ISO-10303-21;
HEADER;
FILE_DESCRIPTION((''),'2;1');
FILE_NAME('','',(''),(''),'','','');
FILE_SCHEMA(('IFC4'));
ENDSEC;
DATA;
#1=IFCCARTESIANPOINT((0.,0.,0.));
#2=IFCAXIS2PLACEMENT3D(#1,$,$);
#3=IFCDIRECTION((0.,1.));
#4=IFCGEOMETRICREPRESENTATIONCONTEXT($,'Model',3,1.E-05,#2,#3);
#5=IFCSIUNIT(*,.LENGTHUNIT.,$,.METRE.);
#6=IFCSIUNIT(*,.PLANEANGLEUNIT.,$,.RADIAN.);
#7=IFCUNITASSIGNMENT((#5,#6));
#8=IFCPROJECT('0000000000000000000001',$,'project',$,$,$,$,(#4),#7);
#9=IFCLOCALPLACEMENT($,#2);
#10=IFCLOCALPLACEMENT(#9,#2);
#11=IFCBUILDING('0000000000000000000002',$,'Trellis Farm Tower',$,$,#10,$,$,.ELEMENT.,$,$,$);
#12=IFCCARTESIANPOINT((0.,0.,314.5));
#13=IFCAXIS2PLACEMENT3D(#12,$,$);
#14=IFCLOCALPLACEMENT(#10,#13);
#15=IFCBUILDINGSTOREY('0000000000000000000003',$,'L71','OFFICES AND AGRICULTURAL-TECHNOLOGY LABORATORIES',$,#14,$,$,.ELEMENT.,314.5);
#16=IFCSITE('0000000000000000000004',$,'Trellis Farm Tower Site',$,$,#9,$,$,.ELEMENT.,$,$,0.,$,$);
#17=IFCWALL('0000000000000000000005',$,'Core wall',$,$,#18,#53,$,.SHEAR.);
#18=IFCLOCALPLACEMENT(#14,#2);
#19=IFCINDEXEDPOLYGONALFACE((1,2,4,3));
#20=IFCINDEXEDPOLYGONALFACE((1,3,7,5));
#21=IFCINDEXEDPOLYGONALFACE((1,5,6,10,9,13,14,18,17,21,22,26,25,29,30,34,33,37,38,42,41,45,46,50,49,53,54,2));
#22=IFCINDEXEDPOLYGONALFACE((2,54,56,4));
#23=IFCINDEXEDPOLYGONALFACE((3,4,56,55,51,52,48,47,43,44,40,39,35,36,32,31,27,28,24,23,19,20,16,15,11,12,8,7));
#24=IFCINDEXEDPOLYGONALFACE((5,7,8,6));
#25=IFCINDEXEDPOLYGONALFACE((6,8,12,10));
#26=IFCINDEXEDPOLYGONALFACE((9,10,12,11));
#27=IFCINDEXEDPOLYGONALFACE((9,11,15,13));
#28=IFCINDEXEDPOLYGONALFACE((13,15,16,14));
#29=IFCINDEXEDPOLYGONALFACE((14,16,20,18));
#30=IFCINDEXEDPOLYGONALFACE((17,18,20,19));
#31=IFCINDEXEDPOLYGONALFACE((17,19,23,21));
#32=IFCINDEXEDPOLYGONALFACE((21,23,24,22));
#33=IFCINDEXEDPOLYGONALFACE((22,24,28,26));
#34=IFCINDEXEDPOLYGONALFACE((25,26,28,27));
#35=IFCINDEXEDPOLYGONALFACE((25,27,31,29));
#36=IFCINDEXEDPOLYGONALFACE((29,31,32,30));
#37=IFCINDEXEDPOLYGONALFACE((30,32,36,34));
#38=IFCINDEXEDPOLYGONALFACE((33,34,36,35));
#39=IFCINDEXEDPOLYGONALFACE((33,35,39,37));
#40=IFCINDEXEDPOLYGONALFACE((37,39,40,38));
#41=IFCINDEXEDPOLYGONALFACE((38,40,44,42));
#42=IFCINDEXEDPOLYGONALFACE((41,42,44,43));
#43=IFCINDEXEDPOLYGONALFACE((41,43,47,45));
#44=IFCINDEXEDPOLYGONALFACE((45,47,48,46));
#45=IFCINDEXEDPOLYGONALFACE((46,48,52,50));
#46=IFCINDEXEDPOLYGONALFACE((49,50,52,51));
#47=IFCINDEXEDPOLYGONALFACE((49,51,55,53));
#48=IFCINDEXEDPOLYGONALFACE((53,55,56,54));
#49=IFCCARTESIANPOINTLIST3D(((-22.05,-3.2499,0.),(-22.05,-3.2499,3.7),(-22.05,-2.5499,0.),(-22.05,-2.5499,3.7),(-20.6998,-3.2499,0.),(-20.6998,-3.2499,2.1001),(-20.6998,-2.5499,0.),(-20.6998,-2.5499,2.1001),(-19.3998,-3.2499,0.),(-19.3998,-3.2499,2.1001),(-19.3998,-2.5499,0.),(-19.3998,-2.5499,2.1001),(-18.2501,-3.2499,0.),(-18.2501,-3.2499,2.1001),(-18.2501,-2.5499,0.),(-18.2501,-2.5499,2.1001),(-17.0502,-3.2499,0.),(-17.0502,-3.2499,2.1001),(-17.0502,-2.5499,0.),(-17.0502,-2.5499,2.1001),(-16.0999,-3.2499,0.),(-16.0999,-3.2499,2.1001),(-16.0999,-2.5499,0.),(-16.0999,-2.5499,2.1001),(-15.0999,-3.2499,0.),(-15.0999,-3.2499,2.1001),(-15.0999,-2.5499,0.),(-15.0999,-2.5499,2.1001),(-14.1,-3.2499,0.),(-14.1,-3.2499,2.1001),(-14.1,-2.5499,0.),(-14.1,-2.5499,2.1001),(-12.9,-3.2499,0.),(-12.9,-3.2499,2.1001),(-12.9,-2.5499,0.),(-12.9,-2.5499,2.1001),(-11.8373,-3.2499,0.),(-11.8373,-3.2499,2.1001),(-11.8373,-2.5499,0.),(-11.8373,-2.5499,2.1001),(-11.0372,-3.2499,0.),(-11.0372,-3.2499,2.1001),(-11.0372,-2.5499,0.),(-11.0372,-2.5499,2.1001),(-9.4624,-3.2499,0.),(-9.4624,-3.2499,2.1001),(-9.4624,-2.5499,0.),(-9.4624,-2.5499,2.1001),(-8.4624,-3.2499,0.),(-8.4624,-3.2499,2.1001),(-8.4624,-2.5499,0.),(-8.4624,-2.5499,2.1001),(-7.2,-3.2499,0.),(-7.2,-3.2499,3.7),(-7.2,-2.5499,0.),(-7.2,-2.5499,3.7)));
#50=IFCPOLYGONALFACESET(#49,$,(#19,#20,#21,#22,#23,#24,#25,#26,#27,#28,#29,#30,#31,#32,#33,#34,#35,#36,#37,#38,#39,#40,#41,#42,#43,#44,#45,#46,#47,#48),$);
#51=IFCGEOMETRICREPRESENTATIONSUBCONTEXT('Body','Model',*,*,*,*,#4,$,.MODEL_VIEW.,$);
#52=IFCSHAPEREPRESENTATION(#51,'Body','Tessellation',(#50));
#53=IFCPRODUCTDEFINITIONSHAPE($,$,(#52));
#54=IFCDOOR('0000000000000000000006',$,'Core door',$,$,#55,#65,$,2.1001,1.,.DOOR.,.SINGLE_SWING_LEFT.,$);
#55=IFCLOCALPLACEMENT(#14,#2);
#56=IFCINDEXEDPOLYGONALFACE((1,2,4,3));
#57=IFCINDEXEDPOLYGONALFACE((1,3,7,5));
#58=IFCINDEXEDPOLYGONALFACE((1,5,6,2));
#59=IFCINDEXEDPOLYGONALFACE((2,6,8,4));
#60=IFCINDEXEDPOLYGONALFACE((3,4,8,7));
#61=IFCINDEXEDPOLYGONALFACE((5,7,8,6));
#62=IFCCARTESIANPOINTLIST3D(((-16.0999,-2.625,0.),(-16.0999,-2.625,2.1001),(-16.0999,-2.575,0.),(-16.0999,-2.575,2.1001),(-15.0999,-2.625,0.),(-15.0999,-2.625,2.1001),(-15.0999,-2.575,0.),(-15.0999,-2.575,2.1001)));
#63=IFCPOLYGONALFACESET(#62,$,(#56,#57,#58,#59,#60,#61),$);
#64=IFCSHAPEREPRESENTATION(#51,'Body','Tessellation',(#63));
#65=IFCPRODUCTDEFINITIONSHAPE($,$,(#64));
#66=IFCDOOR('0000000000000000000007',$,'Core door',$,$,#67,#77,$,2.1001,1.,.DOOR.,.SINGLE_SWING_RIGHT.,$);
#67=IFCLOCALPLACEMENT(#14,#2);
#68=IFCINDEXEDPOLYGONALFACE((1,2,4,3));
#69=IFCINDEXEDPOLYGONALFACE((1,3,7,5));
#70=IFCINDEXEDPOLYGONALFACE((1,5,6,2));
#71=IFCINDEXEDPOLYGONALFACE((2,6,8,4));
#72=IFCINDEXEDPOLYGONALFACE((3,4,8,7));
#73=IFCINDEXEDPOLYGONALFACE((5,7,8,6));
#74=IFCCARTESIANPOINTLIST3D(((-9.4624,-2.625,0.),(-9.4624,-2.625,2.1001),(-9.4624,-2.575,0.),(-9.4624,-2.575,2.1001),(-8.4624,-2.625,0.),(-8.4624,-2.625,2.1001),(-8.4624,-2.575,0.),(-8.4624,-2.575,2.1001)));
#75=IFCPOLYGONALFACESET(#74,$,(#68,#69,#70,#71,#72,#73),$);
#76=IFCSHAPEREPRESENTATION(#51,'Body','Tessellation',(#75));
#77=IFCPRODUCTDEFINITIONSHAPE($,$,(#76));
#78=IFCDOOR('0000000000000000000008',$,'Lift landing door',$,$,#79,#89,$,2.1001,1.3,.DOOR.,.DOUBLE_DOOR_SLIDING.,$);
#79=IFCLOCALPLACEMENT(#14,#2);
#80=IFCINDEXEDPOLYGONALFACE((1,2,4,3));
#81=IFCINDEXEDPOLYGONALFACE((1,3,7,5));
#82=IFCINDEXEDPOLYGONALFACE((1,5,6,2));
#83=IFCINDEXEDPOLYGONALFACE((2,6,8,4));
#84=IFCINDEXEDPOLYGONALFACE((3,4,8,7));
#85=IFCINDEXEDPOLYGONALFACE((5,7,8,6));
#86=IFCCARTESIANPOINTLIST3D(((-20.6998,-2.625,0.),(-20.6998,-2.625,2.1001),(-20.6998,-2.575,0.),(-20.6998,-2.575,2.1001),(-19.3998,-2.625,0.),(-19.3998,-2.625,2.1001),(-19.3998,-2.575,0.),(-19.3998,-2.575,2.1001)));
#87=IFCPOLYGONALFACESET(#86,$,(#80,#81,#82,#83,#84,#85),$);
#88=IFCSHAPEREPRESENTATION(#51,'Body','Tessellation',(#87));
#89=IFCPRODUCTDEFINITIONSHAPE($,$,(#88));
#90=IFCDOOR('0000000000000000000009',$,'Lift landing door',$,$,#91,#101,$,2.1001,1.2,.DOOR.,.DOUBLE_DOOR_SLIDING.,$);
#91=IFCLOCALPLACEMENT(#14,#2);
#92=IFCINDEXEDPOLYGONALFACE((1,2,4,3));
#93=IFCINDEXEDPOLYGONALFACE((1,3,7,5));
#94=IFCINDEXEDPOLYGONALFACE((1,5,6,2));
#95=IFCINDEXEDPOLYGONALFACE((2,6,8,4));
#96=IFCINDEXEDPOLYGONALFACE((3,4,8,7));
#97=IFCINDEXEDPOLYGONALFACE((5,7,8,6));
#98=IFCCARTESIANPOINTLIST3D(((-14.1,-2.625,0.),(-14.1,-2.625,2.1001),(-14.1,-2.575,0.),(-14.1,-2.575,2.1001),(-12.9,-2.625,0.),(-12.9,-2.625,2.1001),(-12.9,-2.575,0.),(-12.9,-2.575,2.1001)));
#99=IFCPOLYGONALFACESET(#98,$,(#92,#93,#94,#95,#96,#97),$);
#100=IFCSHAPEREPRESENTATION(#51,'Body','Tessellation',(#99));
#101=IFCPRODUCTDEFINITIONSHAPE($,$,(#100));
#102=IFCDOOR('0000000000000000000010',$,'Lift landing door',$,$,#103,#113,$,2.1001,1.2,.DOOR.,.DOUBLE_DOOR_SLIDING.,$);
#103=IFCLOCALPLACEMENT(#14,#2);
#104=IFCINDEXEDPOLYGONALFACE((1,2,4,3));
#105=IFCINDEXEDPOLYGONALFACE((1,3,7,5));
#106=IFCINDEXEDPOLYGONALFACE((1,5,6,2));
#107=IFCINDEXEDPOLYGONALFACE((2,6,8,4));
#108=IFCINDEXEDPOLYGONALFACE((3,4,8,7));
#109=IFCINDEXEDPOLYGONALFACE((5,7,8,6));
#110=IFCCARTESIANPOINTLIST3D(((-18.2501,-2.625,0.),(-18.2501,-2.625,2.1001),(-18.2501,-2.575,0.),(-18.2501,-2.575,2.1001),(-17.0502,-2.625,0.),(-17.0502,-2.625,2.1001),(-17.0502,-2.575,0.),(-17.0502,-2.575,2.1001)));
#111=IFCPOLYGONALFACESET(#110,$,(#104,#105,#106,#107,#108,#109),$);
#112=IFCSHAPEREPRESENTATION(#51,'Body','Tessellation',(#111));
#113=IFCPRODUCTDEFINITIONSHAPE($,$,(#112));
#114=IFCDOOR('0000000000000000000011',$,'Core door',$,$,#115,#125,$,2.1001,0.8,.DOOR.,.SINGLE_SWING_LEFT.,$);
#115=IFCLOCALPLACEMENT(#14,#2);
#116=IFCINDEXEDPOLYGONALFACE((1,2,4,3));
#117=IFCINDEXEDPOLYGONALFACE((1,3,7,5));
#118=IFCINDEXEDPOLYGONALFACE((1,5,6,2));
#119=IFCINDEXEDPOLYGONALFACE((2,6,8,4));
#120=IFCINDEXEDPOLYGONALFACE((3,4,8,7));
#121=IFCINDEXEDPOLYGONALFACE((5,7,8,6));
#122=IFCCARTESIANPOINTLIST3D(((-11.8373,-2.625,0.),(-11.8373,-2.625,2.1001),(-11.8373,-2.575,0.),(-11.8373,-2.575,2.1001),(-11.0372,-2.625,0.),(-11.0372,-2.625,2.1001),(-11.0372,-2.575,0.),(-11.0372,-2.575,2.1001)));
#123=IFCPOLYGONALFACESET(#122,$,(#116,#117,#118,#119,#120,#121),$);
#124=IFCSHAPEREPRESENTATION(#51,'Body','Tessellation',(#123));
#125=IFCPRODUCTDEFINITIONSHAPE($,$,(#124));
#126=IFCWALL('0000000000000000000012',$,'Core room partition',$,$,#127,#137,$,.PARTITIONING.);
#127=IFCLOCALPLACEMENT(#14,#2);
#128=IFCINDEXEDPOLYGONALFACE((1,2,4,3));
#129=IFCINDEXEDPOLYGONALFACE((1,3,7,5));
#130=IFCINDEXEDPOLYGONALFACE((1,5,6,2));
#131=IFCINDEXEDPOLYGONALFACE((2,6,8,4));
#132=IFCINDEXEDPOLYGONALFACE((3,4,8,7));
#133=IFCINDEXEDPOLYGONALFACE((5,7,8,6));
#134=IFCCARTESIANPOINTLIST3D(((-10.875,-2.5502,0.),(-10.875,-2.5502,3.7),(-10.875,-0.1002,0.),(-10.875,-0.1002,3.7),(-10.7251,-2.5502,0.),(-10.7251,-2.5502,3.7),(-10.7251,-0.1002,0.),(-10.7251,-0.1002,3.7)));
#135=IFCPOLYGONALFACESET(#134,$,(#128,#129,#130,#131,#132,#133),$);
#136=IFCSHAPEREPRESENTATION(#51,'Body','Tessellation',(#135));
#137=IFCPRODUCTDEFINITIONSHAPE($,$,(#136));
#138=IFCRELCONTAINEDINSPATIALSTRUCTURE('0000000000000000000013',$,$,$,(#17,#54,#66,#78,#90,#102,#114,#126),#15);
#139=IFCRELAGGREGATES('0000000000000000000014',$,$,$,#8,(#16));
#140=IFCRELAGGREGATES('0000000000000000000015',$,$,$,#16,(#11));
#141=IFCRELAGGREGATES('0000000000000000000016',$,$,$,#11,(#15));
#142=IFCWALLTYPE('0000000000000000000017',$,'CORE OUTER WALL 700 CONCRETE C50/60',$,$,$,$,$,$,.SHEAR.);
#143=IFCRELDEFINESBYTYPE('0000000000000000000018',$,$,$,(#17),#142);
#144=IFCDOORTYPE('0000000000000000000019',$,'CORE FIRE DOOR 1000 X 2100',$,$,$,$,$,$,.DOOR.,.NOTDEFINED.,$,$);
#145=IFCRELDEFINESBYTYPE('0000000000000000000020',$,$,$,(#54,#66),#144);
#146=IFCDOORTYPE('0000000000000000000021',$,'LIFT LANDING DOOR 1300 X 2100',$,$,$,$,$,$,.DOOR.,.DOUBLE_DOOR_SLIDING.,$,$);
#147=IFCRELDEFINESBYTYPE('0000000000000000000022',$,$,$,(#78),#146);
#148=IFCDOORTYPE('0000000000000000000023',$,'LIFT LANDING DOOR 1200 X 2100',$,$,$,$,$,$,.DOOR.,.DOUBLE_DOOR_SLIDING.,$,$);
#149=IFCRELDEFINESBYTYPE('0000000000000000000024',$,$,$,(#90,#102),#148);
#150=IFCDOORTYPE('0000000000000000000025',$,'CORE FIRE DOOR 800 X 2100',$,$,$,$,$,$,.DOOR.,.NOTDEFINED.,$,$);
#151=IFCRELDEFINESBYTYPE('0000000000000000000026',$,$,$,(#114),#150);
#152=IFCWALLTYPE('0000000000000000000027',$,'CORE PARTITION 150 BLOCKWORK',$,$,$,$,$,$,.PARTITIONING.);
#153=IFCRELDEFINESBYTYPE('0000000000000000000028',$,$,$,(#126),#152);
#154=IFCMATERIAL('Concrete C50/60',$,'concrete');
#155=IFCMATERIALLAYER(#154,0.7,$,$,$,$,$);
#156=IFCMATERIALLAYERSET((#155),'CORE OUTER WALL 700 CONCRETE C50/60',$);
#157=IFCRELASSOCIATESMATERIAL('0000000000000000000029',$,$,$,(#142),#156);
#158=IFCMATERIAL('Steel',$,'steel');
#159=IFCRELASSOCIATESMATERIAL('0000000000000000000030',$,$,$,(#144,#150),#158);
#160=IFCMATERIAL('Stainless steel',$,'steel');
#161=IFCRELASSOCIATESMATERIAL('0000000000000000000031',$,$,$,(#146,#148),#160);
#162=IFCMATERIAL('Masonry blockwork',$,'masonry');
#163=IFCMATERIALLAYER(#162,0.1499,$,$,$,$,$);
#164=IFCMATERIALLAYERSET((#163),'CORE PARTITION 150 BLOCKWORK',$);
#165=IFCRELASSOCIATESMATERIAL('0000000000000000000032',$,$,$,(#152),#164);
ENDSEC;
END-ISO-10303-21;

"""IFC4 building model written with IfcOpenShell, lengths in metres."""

from ifc_helpers import new_model, si_unit, direction, frame, frame_2d, origin, place, context, subcontext, project, spatial, rectangle, extrude, source, transform, mapped, material, layer, layer_set, type_object, element, fill, save


model = new_model("IFC4")

# Units and contexts
model_context = context("Model", 3, precision=1e-05, world=origin(), true_north=direction((0.0, 1.0)))
body_context = subcontext(model_context, "Body", "Model", "MODEL_VIEW")
ifc_project = project(units=[si_unit("LENGTHUNIT", "METRE"), si_unit("PLANEANGLEUNIT", "RADIAN")], contexts=[model_context])

# Site, building, storey
site_placement = place(None, origin())
site = spatial("IfcSite", under=ifc_project, at=site_placement, Name="Trellis Farm Tower Site", CompositionType="ELEMENT", RefElevation=0.0)
building_placement = place(site_placement, origin())
building = spatial("IfcBuilding", under=site, at=building_placement, Name="Trellis Farm Tower", CompositionType="ELEMENT")
storey_placement = place(building_placement, frame((0.0, 0.0, 314.5)))
storey = spatial("IfcBuildingStorey", under=building, at=storey_placement, Name="L71", Description="OFFICES AND AGRICULTURAL-TECHNOLOGY LABORATORIES", CompositionType="ELEMENT", Elevation=314.5)

# Shared definitions
ifc_material_1 = material(Name="Concrete C50/60", Category="concrete")

# Shared definitions
ifc_material_2 = material(Name="Masonry blockwork", Category="masonry")
ifc_material_3 = material(Name="Steel", Category="steel")

# Wall, openings, doors
ifc_layer_1 = layer(ifc_material_1, 0.7)
ifc_layer_set_1 = layer_set([ifc_layer_1], Name="CORE OUTER WALL 700 CONCRETE C50/60")
wall_type_1 = type_object("IfcWallType", Name="CORE OUTER WALL 700 CONCRETE C50/60", PredefinedType="SHEAR", material=ifc_layer_set_1)
shared_shape_1 = source(origin(), body_context, "Body", "SweptSolid", [
    extrude(rectangle(XDim=14.8501, YDim=0.7, at=frame_2d((7.425, 0.0))), origin(), (0.0, 0.0, 1.0), 3.7),
])
wall_1_placement = place(storey_placement, frame((-7.2, -2.8999, 0.0), z_axis=(0.0, 0.0, 1.0), x_axis=(-1.0, 0.0, 0.0)))
wall_1 = element("IfcWall", 1, at=wall_1_placement, inside=storey, type_object=wall_type_1, Name="Core wall", PredefinedType="SHEAR", context=body_context, shape_type="MappedRepresentation", body=[
    mapped(shared_shape_1, transform((0.0, 0.0, 0.0))),
])
shared_shape_2 = source(origin(), body_context, "Body", "SweptSolid", [
    extrude(rectangle(XDim=1.2, YDim=2.1001, at=frame_2d((0.6001, 1.05))), frame((0.0, 0.3601, 0.0), z_axis=(0.0, -1.0, 0.0), x_axis=(1.0, 0.0, 0.0)), (0.0, 0.0, 1.0), 0.7202),
])
opening_1_placement = place(wall_1_placement, frame((5.7, 0.0, 0.0)))
opening_1 = element("IfcOpeningElement", 2, at=opening_1_placement, cuts=wall_1, PredefinedType="OPENING", context=body_context, shape_type="MappedRepresentation", body=[
    mapped(shared_shape_2, transform((0.0, 0.0, 0.0))),
])
shared_shape_3 = source(origin(), body_context, "Body", "SweptSolid", [
    extrude(rectangle(XDim=1.3, YDim=2.1001, at=frame_2d((0.6499, 1.05))), frame((0.0, 0.3601, 0.0), z_axis=(0.0, -1.0, 0.0), x_axis=(1.0, 0.0, 0.0)), (0.0, 0.0, 1.0), 0.7202),
])
opening_2_placement = place(wall_1_placement, frame((12.2, 0.0, 0.0)))
opening_2 = element("IfcOpeningElement", 3, at=opening_2_placement, cuts=wall_1, PredefinedType="OPENING", context=body_context, shape_type="MappedRepresentation", body=[
    mapped(shared_shape_3, transform((0.0, 0.0, 0.0))),
])
opening_3_placement = place(wall_1_placement, frame((9.8501, 0.0, 0.0)))
opening_3 = element("IfcOpeningElement", 4, at=opening_3_placement, cuts=wall_1, PredefinedType="OPENING", context=body_context, shape_type="MappedRepresentation", body=[
    mapped(shared_shape_2, transform((0.0, 0.0, 0.0))),
])
shared_shape_4 = source(origin(), body_context, "Body", "SweptSolid", [
    extrude(rectangle(XDim=1.0, YDim=2.1001, at=frame_2d((0.5, 1.05))), frame((0.0, 0.3601, 0.0), z_axis=(0.0, -1.0, 0.0), x_axis=(1.0, 0.0, 0.0)), (0.0, 0.0, 1.0), 0.7202),
])
opening_4_placement = place(wall_1_placement, frame((7.8999, 0.0, 0.0)))
opening_4 = element("IfcOpeningElement", 5, at=opening_4_placement, cuts=wall_1, PredefinedType="OPENING", context=body_context, shape_type="MappedRepresentation", body=[
    mapped(shared_shape_4, transform((0.0, 0.0, 0.0))),
])
opening_5_placement = place(wall_1_placement, frame((1.2625, 0.0, 0.0)))
opening_5 = element("IfcOpeningElement", 6, at=opening_5_placement, cuts=wall_1, PredefinedType="OPENING", context=body_context, shape_type="MappedRepresentation", body=[
    mapped(shared_shape_4, transform((0.0, 0.0, 0.0))),
])
shared_shape_5 = source(origin(), body_context, "Body", "SweptSolid", [
    extrude(rectangle(XDim=0.8, YDim=2.1001, at=frame_2d((0.3999, 1.05))), frame((0.0, 0.3601, 0.0), z_axis=(0.0, -1.0, 0.0), x_axis=(1.0, 0.0, 0.0)), (0.0, 0.0, 1.0), 0.7202),
])
opening_6_placement = place(wall_1_placement, frame((3.8374, 0.0, 0.0)))
opening_6 = element("IfcOpeningElement", 7, at=opening_6_placement, cuts=wall_1, PredefinedType="OPENING", context=body_context, shape_type="MappedRepresentation", body=[
    mapped(shared_shape_5, transform((0.0, 0.0, 0.0))),
])
door_type_1 = type_object("IfcDoorType", Name="CORE FIRE DOOR 1000 X 2100", OperationType="NOTDEFINED", PredefinedType="DOOR", material=ifc_material_3)
shared_shape_6 = source(origin(), body_context, "Body", "SweptSolid", [
    extrude(rectangle(XDim=1.0, YDim=2.1001, at=frame_2d((0.5, 1.05))), frame((0.0, -0.2749, 0.0), z_axis=(0.0, -1.0, 0.0), x_axis=(1.0, 0.0, 0.0)), (0.0, 0.0, 1.0), 0.05),
])
door_1_placement = place(opening_4_placement, origin())
door_1 = element("IfcDoor", 8, at=door_1_placement, inside=storey, type_object=door_type_1, Name="Core door", OperationType="SINGLE_SWING_LEFT", OverallHeight=2.1001, OverallWidth=1.0, PredefinedType="DOOR", context=body_context, shape_type="MappedRepresentation", body=[
    mapped(shared_shape_6, transform((0.0, 0.0, 0.0))),
])
fill(opening_4, door_1)
door_2_placement = place(opening_5_placement, origin())
door_2 = element("IfcDoor", 9, at=door_2_placement, inside=storey, type_object=door_type_1, Name="Core door", OperationType="SINGLE_SWING_RIGHT", OverallHeight=2.1001, OverallWidth=1.0, PredefinedType="DOOR", context=body_context, shape_type="MappedRepresentation", body=[
    mapped(shared_shape_6, transform((0.0, 0.0, 0.0))),
])
fill(opening_5, door_2)
ifc_material_4 = material(Name="Stainless steel", Category="steel")
door_type_2 = type_object("IfcDoorType", Name="LIFT LANDING DOOR 1300 X 2100", OperationType="DOUBLE_DOOR_SLIDING", PredefinedType="DOOR", material=ifc_material_4)
shared_shape_7 = source(origin(), body_context, "Body", "SweptSolid", [
    extrude(rectangle(XDim=1.3, YDim=2.1001, at=frame_2d((0.6499, 1.05))), frame((0.0, -0.2749, 0.0), z_axis=(0.0, -1.0, 0.0), x_axis=(1.0, 0.0, 0.0)), (0.0, 0.0, 1.0), 0.05),
])
door_3_placement = place(opening_2_placement, origin())
door_3 = element("IfcDoor", 10, at=door_3_placement, inside=storey, type_object=door_type_2, Name="Lift landing door", OperationType="DOUBLE_DOOR_SLIDING", OverallHeight=2.1001, OverallWidth=1.3, PredefinedType="DOOR", context=body_context, shape_type="MappedRepresentation", body=[
    mapped(shared_shape_7, transform((0.0, 0.0, 0.0))),
])
fill(opening_2, door_3)
door_type_3 = type_object("IfcDoorType", Name="LIFT LANDING DOOR 1200 X 2100", OperationType="DOUBLE_DOOR_SLIDING", PredefinedType="DOOR", material=ifc_material_4)
shared_shape_8 = source(origin(), body_context, "Body", "SweptSolid", [
    extrude(rectangle(XDim=1.2, YDim=2.1001, at=frame_2d((0.6001, 1.05))), frame((0.0, -0.2749, 0.0), z_axis=(0.0, -1.0, 0.0), x_axis=(1.0, 0.0, 0.0)), (0.0, 0.0, 1.0), 0.05),
])
door_4_placement = place(opening_1_placement, origin())
door_4 = element("IfcDoor", 11, at=door_4_placement, inside=storey, type_object=door_type_3, Name="Lift landing door", OperationType="DOUBLE_DOOR_SLIDING", OverallHeight=2.1001, OverallWidth=1.2, PredefinedType="DOOR", context=body_context, shape_type="MappedRepresentation", body=[
    mapped(shared_shape_8, transform((0.0, 0.0, 0.0))),
])
fill(opening_1, door_4)
door_5_placement = place(opening_3_placement, origin())
door_5 = element("IfcDoor", 12, at=door_5_placement, inside=storey, type_object=door_type_3, Name="Lift landing door", OperationType="DOUBLE_DOOR_SLIDING", OverallHeight=2.1001, OverallWidth=1.2, PredefinedType="DOOR", context=body_context, shape_type="MappedRepresentation", body=[
    mapped(shared_shape_8, transform((0.0, 0.0, 0.0))),
])
fill(opening_3, door_5)
door_type_4 = type_object("IfcDoorType", Name="CORE FIRE DOOR 800 X 2100", OperationType="NOTDEFINED", PredefinedType="DOOR", material=ifc_material_3)
shared_shape_9 = source(origin(), body_context, "Body", "SweptSolid", [
    extrude(rectangle(XDim=0.8, YDim=2.1001, at=frame_2d((0.3999, 1.05))), frame((0.0, -0.2749, 0.0), z_axis=(0.0, -1.0, 0.0), x_axis=(1.0, 0.0, 0.0)), (0.0, 0.0, 1.0), 0.05),
])
door_6_placement = place(opening_6_placement, origin())
door_6 = element("IfcDoor", 13, at=door_6_placement, inside=storey, type_object=door_type_4, Name="Core door", OperationType="SINGLE_SWING_LEFT", OverallHeight=2.1001, OverallWidth=0.8, PredefinedType="DOOR", context=body_context, shape_type="MappedRepresentation", body=[
    mapped(shared_shape_9, transform((0.0, 0.0, 0.0))),
])
fill(opening_6, door_6)

# Wall
ifc_layer_2 = layer(ifc_material_2, 0.1499)
ifc_layer_set_2 = layer_set([ifc_layer_2], Name="CORE PARTITION 150 BLOCKWORK")
wall_type_2 = type_object("IfcWallType", Name="CORE PARTITION 150 BLOCKWORK", PredefinedType="PARTITIONING", material=ifc_layer_set_2)
shared_shape_10 = source(origin(), body_context, "Body", "SweptSolid", [
    extrude(rectangle(XDim=2.45, YDim=0.1499, at=frame_2d((1.2251, 0.0))), origin(), (0.0, 0.0, 1.0), 3.7),
])
wall_2_placement = place(storey_placement, frame((-10.8, -0.1001, 0.0), z_axis=(0.0, 0.0, 1.0), x_axis=(0.0, -1.0, 0.0)))
element("IfcWall", 14, at=wall_2_placement, inside=storey, type_object=wall_type_2, Name="Core room partition", PredefinedType="PARTITIONING", context=body_context, shape_type="MappedRepresentation", body=[
    mapped(shared_shape_10, transform((0.0, 0.0, 0.0))),
])

save(model, "model.ifc")
